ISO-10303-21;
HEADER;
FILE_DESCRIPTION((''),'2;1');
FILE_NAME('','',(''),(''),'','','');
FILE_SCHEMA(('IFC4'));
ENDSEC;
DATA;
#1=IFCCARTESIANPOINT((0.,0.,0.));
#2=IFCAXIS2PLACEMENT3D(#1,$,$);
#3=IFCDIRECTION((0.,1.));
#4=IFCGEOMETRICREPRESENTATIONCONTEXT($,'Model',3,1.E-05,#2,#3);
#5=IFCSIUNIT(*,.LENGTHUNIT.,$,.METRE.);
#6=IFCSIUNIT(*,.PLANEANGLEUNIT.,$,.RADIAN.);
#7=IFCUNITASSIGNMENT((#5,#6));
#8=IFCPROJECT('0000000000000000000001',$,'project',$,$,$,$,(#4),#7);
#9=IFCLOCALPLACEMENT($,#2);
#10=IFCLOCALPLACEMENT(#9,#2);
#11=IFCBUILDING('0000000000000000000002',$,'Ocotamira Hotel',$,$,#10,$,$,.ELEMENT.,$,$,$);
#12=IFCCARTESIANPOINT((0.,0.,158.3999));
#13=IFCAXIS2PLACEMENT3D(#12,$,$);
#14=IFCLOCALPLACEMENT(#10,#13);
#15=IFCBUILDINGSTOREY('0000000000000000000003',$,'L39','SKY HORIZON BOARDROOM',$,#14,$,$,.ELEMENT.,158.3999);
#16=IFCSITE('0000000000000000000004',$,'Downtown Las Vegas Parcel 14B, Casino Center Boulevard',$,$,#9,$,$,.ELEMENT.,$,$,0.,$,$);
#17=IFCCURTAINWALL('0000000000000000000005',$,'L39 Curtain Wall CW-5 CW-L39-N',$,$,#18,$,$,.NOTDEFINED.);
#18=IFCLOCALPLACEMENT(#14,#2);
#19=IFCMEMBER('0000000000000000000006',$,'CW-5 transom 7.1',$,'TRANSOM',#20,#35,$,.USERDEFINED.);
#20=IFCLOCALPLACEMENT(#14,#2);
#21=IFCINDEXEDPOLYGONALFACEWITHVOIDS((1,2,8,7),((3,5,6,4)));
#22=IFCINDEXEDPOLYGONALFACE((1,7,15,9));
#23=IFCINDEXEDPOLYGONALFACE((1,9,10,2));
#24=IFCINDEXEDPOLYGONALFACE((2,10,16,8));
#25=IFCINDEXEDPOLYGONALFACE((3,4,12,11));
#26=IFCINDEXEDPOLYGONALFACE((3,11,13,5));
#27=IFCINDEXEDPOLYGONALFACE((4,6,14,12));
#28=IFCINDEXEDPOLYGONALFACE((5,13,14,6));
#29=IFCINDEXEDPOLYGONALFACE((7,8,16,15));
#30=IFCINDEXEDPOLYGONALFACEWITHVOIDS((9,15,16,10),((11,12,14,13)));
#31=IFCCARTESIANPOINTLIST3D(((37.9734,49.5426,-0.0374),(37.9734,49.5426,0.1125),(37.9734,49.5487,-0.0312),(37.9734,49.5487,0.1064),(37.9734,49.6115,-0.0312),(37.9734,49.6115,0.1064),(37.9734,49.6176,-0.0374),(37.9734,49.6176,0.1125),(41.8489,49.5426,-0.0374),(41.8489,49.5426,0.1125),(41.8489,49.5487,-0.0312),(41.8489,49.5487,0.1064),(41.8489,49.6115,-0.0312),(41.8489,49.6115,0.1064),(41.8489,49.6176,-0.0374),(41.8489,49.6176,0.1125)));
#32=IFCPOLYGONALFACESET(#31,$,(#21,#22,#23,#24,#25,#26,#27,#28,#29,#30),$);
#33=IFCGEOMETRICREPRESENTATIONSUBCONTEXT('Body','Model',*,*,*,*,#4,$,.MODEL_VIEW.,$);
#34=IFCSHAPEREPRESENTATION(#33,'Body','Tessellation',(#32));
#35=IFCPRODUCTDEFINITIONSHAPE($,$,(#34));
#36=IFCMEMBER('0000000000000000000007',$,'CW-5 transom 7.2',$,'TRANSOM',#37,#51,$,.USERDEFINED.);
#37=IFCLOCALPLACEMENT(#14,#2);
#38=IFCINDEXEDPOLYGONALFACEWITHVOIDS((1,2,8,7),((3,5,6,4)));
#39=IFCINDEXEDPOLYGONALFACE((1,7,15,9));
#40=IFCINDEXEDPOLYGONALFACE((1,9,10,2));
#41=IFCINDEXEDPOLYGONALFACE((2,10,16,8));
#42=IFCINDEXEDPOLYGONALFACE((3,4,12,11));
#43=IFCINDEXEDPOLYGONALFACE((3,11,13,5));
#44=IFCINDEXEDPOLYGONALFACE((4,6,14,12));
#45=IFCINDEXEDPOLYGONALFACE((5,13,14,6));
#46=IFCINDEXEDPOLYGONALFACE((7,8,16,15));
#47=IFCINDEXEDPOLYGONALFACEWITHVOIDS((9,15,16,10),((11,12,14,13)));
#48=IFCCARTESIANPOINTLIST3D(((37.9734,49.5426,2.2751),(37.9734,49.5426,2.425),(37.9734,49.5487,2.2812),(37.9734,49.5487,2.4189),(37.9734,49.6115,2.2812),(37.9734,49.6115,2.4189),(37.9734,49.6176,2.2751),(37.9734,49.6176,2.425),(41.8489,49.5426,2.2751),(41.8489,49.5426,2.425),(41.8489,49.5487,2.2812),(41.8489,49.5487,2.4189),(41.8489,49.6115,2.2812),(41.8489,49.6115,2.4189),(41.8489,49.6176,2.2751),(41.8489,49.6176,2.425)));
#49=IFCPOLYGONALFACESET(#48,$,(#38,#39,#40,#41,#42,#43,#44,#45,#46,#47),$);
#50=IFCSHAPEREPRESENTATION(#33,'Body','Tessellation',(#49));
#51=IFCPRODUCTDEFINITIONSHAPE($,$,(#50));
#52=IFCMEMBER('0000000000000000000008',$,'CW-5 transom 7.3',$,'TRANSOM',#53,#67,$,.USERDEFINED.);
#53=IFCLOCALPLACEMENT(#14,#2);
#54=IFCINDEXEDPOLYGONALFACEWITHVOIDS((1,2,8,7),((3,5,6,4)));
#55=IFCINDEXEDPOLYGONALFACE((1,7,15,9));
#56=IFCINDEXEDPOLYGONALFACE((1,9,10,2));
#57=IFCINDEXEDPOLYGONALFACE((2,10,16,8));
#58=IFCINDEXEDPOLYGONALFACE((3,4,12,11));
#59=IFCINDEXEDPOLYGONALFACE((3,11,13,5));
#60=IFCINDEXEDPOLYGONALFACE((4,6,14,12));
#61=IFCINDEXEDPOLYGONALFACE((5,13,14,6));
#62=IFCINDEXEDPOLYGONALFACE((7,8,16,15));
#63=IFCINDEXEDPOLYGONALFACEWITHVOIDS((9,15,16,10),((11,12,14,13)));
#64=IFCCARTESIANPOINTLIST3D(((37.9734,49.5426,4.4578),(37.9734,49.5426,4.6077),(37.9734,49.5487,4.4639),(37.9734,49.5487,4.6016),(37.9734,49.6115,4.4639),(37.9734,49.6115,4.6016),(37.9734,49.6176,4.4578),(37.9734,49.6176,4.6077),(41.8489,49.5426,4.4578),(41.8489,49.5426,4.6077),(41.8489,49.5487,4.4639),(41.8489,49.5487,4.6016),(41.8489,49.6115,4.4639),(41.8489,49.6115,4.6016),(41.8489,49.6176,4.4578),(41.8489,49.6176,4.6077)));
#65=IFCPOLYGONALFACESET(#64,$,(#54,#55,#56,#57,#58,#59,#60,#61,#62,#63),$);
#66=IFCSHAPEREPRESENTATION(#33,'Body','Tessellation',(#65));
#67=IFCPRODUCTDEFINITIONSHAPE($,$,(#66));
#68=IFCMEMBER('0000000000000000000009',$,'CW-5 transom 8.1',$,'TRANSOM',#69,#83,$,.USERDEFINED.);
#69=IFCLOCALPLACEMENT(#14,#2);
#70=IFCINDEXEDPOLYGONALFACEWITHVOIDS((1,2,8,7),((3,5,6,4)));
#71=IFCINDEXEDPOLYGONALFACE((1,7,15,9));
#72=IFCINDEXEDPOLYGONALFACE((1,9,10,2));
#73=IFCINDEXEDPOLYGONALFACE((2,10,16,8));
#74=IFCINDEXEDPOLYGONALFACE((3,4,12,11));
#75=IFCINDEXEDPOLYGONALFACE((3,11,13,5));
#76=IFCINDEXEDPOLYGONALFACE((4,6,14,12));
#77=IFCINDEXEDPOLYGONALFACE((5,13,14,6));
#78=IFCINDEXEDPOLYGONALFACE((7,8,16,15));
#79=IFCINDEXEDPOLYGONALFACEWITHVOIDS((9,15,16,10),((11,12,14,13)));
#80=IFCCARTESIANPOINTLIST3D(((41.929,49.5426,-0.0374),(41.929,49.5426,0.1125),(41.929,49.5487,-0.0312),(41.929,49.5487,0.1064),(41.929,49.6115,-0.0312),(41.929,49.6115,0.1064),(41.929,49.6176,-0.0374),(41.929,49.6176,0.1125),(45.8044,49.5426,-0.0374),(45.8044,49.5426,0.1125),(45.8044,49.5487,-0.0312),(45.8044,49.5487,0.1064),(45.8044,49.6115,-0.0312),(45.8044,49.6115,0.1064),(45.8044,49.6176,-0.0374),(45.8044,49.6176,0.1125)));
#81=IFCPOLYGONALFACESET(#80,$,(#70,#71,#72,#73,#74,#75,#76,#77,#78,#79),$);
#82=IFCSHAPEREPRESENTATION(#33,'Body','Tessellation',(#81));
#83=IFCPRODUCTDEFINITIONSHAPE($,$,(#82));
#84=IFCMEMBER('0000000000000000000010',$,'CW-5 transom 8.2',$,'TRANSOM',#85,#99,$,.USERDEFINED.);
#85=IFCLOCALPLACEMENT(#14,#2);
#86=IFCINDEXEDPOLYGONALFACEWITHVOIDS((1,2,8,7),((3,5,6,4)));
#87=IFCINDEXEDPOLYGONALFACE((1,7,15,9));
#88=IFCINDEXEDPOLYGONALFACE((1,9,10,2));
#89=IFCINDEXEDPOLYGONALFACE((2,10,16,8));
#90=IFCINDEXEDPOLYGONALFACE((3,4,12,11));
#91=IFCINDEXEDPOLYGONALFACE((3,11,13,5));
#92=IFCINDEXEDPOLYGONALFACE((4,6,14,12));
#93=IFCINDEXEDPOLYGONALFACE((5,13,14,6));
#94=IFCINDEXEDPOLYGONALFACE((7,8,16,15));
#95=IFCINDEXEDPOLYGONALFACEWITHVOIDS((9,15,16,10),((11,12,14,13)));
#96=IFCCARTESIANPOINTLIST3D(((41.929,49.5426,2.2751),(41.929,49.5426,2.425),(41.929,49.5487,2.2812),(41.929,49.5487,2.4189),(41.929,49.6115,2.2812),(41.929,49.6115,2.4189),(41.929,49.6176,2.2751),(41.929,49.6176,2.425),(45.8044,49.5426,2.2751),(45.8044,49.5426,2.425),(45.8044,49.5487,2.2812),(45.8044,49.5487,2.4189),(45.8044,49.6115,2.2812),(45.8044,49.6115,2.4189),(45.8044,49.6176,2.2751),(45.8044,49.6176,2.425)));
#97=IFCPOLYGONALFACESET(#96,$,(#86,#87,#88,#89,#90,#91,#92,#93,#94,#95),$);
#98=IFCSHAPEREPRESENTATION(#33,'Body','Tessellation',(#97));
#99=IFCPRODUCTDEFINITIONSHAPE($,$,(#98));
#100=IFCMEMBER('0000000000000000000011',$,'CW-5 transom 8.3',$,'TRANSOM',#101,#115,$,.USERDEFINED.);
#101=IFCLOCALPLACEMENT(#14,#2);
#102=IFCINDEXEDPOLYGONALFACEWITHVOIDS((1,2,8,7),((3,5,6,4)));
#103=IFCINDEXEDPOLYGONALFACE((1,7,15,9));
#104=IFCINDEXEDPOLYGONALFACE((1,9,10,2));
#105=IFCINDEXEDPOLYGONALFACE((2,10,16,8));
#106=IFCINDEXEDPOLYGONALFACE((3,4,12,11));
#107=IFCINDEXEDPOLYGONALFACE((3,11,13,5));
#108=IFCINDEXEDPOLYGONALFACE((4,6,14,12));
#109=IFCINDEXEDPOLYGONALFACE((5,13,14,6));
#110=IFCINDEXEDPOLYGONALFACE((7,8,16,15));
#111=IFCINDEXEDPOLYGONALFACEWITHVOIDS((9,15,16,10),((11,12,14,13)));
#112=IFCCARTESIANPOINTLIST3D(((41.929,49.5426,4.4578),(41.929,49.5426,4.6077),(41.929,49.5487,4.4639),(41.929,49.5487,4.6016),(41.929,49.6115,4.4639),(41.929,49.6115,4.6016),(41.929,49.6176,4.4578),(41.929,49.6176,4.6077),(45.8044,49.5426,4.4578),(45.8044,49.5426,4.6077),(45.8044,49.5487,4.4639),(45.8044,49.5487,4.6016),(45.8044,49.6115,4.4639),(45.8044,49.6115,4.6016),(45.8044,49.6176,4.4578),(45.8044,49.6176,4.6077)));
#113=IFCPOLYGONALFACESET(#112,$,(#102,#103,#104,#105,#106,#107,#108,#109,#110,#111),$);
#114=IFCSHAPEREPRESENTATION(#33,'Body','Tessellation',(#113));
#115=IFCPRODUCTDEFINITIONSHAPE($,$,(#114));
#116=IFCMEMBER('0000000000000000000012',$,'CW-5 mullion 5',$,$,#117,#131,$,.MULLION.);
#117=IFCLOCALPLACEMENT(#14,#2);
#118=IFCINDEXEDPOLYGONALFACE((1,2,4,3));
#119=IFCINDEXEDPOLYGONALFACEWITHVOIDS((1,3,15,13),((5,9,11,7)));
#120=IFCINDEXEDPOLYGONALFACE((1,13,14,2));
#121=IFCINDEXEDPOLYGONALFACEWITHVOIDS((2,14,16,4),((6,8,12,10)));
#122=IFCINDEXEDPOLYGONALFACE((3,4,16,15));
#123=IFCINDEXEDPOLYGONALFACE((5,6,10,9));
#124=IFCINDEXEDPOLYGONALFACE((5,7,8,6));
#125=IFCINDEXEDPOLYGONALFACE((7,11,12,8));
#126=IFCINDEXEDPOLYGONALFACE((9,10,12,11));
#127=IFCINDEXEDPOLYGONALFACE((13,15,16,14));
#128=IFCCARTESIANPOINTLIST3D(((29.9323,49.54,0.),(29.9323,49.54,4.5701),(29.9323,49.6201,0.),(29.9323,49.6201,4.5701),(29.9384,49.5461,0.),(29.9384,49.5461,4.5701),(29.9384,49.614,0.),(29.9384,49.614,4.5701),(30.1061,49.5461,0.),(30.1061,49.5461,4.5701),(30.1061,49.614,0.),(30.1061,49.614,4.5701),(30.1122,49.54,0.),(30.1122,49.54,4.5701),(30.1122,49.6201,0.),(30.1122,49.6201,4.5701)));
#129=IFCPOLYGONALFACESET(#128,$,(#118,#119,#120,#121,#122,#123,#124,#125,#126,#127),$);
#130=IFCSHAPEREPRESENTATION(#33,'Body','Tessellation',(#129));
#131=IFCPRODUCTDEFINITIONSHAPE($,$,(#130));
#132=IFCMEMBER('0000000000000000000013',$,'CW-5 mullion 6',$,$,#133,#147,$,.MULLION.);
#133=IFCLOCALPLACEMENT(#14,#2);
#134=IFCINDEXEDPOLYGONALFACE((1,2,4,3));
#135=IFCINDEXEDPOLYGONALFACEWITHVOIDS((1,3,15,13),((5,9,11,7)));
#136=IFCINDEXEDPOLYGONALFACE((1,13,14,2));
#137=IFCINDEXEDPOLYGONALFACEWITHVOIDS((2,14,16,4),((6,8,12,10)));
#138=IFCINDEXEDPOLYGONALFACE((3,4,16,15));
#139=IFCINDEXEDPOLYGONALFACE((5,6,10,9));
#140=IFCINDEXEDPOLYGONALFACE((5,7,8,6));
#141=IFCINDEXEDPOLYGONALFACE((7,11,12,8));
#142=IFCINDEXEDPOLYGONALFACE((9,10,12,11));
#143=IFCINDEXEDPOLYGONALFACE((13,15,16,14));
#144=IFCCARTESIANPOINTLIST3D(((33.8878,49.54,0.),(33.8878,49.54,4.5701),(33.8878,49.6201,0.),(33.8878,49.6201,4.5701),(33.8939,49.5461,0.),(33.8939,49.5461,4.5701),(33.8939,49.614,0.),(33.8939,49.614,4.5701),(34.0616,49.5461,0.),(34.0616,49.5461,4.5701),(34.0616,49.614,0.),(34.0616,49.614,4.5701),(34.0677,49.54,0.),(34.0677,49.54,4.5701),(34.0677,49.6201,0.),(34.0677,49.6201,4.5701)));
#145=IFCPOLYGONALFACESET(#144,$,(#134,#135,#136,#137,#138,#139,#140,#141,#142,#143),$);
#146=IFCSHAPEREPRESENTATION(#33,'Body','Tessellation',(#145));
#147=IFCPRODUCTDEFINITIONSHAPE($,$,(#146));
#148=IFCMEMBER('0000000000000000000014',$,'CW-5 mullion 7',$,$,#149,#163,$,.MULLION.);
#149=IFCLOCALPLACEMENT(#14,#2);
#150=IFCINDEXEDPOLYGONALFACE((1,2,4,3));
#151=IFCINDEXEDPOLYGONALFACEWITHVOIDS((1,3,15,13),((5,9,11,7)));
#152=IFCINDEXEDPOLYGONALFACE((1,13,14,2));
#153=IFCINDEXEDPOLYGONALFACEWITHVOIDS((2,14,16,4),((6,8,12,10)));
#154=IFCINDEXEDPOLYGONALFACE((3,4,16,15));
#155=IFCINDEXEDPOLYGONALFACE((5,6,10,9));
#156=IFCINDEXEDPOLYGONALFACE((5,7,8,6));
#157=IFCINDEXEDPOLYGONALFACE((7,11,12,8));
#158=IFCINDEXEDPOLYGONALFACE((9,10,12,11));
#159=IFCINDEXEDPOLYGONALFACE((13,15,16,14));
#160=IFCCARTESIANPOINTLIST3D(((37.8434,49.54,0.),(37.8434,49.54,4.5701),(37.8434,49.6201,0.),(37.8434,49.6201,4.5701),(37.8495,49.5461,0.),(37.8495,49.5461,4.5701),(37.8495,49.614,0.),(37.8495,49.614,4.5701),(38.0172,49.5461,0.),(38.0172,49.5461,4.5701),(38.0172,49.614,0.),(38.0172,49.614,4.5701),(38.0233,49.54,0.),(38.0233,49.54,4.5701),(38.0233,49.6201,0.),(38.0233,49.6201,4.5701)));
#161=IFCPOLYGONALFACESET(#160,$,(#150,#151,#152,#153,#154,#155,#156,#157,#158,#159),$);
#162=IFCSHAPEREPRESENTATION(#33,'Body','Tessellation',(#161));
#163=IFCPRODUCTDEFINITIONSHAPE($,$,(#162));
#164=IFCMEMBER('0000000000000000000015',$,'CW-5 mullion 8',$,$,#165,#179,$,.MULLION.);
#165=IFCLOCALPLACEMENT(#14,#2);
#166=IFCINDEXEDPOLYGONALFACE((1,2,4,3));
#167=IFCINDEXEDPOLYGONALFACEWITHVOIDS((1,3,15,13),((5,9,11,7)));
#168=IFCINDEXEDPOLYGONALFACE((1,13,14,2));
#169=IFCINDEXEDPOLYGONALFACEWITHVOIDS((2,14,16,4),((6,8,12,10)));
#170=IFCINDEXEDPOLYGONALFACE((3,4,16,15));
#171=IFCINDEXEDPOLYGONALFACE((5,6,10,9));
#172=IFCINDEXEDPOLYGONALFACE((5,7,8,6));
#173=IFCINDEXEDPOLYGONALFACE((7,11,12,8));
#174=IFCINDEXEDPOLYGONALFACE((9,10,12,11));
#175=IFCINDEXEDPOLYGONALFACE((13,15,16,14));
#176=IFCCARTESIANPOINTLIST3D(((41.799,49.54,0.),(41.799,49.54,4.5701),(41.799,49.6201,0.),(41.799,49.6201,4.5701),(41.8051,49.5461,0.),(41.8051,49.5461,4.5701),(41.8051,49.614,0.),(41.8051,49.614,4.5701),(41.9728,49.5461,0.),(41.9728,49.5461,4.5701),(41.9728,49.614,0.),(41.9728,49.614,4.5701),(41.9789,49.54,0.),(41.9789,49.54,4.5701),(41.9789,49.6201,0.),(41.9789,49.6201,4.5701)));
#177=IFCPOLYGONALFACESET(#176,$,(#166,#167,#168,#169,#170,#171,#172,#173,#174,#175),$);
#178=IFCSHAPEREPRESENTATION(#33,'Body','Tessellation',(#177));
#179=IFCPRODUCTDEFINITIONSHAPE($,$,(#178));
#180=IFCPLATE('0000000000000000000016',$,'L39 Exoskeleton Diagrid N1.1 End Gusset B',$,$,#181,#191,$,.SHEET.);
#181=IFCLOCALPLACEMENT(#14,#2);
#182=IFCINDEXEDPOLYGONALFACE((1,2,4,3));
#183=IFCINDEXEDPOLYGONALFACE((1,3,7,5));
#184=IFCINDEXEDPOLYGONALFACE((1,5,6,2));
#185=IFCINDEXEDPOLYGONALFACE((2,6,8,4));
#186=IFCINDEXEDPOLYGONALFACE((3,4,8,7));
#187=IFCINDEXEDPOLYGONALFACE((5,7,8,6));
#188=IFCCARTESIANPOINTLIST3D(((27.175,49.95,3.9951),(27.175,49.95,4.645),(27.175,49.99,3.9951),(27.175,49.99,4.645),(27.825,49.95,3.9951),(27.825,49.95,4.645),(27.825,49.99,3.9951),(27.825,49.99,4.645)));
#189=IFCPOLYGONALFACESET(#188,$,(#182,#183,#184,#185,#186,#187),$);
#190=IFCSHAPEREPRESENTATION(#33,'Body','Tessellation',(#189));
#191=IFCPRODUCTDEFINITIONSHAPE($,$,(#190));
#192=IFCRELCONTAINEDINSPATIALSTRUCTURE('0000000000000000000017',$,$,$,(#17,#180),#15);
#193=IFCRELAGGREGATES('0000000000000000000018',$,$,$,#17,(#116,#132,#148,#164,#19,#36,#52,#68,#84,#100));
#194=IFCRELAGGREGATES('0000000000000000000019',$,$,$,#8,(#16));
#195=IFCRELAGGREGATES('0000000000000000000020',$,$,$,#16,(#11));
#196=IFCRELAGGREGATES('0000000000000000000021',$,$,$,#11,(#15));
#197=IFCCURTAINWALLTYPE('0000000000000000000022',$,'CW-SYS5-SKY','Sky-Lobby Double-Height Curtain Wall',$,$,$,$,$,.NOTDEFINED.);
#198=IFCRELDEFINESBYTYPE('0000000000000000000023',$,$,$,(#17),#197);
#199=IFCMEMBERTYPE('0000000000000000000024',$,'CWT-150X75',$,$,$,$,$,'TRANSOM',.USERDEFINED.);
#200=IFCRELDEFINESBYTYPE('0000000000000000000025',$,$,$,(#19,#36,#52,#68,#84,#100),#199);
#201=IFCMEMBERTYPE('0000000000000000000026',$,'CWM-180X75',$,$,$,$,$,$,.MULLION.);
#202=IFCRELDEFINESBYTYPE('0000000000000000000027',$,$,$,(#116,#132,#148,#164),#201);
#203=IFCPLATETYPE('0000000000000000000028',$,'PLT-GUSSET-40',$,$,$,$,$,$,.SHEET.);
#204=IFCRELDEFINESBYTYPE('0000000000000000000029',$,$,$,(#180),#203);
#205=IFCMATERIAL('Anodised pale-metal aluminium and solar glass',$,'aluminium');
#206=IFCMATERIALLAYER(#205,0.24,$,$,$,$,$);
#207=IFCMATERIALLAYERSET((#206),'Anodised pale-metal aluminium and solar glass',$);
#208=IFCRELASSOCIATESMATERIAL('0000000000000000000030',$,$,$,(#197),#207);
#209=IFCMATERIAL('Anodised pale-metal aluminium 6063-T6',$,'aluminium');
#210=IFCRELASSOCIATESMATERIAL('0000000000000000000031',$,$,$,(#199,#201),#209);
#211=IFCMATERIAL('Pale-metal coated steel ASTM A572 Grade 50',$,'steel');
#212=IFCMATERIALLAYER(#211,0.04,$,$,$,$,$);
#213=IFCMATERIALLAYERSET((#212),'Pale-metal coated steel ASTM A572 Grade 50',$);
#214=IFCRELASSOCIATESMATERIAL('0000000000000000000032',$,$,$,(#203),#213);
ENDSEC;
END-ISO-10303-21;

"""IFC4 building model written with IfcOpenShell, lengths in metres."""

from ifc_helpers import new_model, si_unit, direction, frame, origin, origin_2d, place, context, subcontext, project, spatial, rectangle, hollow_rectangle, extrude, source, transform, mapped, material, layer, layer_set, material_profile, profile_set, type_object, element, aggregate, save


model = new_model("IFC4")

# Units and contexts
model_context = context("Model", 3, precision=1e-05, world=origin(), true_north=direction((0.0, 1.0)))
body_context = subcontext(model_context, "Body", "Model", "MODEL_VIEW")
ifc_project = project(units=[si_unit("LENGTHUNIT", "METRE"), si_unit("PLANEANGLEUNIT", "RADIAN")], contexts=[model_context])

# Site, building, storey
site_placement = place(None, origin())
site = spatial("IfcSite", under=ifc_project, at=site_placement, Name="Downtown Las Vegas Parcel 14B, Casino Center Boulevard", CompositionType="ELEMENT", RefElevation=0.0)
building_placement = place(site_placement, origin())
building = spatial("IfcBuilding", under=site, at=building_placement, Name="Ocotamira Hotel", CompositionType="ELEMENT")
storey_placement = place(building_placement, frame((0.0, 0.0, 158.3999)))
storey = spatial("IfcBuildingStorey", under=building, at=storey_placement, Name="L39", Description="SKY HORIZON BOARDROOM", CompositionType="ELEMENT", Elevation=158.3999)

# Curtain wall, members
ifc_material_1 = material(Name="Anodised pale-metal aluminium and solar glass", Category="aluminium")
ifc_layer_1 = layer(ifc_material_1, 0.24)
ifc_layer_set_1 = layer_set([ifc_layer_1], Name="Anodised pale-metal aluminium and solar glass")
curtain_wall_type = type_object("IfcCurtainWallType", Name="CW-SYS5-SKY", Description="Sky-Lobby Double-Height Curtain Wall", PredefinedType="NOTDEFINED", material=ifc_layer_set_1)
curtain_wall_placement = place(storey_placement, origin())
curtain_wall = element("IfcCurtainWall", 1, at=curtain_wall_placement, inside=storey, type_object=curtain_wall_type, Name="L39 Curtain Wall CW-5 CW-L39-N", PredefinedType="NOTDEFINED")
ifc_material_2 = material(Name="Anodised pale-metal aluminium 6063-T6", Category="aluminium")
ifc_material_profile_1 = material_profile(ifc_material_2, hollow_rectangle(XDim=0.075, YDim=0.1499, WallThickness=0.0061, at=origin_2d()), Name="HSS150X75X6")
ifc_profile_set_1 = profile_set([ifc_material_profile_1], Name="Anodised pale-metal aluminium 6063-T6")
member_type_1 = type_object("IfcMemberType", Name="CWT-150X75", ElementType="TRANSOM", PredefinedType="USERDEFINED", material=ifc_profile_set_1)
shared_shape_1 = source(origin(), body_context, "Body", "SweptSolid", [
    extrude(hollow_rectangle(XDim=0.075, YDim=0.1499, WallThickness=0.0061, at=origin_2d()), origin(), (0.0, 0.0, 1.0), 3.8755),
])
member_1_placement = place(storey_placement, frame((37.9734, 49.5801, 0.0376), z_axis=(1.0, 0.0, 0.0), x_axis=(0.0, 1.0, 0.0)))
member_1 = element("IfcMember", 2, at=member_1_placement, type_object=member_type_1, Name="CW-5 transom 7.1", ObjectType="TRANSOM", PredefinedType="USERDEFINED", context=body_context, shape_type="MappedRepresentation", body=[
    mapped(shared_shape_1, transform((0.0, 0.0, 0.0), scale=1.0)),
])
member_2_placement = place(storey_placement, frame((37.9734, 49.5801, 2.3501), z_axis=(1.0, 0.0, 0.0), x_axis=(0.0, 1.0, 0.0)))
member_2 = element("IfcMember", 3, at=member_2_placement, type_object=member_type_1, Name="CW-5 transom 7.2", ObjectType="TRANSOM", PredefinedType="USERDEFINED", context=body_context, shape_type="MappedRepresentation", body=[
    mapped(shared_shape_1, transform((0.0, 0.0, 0.0), scale=1.0)),
])
member_3_placement = place(storey_placement, frame((37.9734, 49.5801, 4.5327), z_axis=(1.0, 0.0, 0.0), x_axis=(0.0, 1.0, 0.0)))
member_3 = element("IfcMember", 4, at=member_3_placement, type_object=member_type_1, Name="CW-5 transom 7.3", ObjectType="TRANSOM", PredefinedType="USERDEFINED", context=body_context, shape_type="MappedRepresentation", body=[
    mapped(shared_shape_1, transform((0.0, 0.0, 0.0), scale=1.0)),
])
member_4_placement = place(storey_placement, frame((41.929, 49.5801, 0.0376), z_axis=(1.0, 0.0, 0.0), x_axis=(0.0, 1.0, 0.0)))
member_4 = element("IfcMember", 5, at=member_4_placement, type_object=member_type_1, Name="CW-5 transom 8.1", ObjectType="TRANSOM", PredefinedType="USERDEFINED", context=body_context, shape_type="MappedRepresentation", body=[
    mapped(shared_shape_1, transform((0.0, 0.0, 0.0), scale=1.0)),
])
member_5_placement = place(storey_placement, frame((41.929, 49.5801, 2.3501), z_axis=(1.0, 0.0, 0.0), x_axis=(0.0, 1.0, 0.0)))
member_5 = element("IfcMember", 6, at=member_5_placement, type_object=member_type_1, Name="CW-5 transom 8.2", ObjectType="TRANSOM", PredefinedType="USERDEFINED", context=body_context, shape_type="MappedRepresentation", body=[
    mapped(shared_shape_1, transform((0.0, 0.0, 0.0), scale=1.0)),
])
member_6_placement = place(storey_placement, frame((41.929, 49.5801, 4.5327), z_axis=(1.0, 0.0, 0.0), x_axis=(0.0, 1.0, 0.0)))
member_6 = element("IfcMember", 7, at=member_6_placement, type_object=member_type_1, Name="CW-5 transom 8.3", ObjectType="TRANSOM", PredefinedType="USERDEFINED", context=body_context, shape_type="MappedRepresentation", body=[
    mapped(shared_shape_1, transform((0.0, 0.0, 0.0), scale=1.0)),
])
ifc_material_profile_2 = material_profile(ifc_material_2, hollow_rectangle(XDim=0.0801, YDim=0.1799, WallThickness=0.0061, at=origin_2d()), Name="HSS180X80X6")
ifc_profile_set_2 = profile_set([ifc_material_profile_2], Name="Anodised pale-metal aluminium 6063-T6")
member_type_2 = type_object("IfcMemberType", Name="CWM-180X75", PredefinedType="MULLION", material=ifc_profile_set_2)
shared_shape_2 = source(origin(), body_context, "Body", "SweptSolid", [
    extrude(hollow_rectangle(XDim=0.0801, YDim=0.1799, WallThickness=0.0061, at=origin_2d()), origin(), (0.0, 0.0, 1.0), 4.5701),
])
member_7_placement = place(storey_placement, frame((30.0222, 49.5801, 0.0), z_axis=(0.0, 0.0, 1.0), x_axis=(0.0, 1.0, 0.0)))
member_7 = element("IfcMember", 8, at=member_7_placement, type_object=member_type_2, Name="CW-5 mullion 5", PredefinedType="MULLION", context=body_context, shape_type="MappedRepresentation", body=[
    mapped(shared_shape_2, transform((0.0, 0.0, 0.0), scale=1.0)),
])
member_8_placement = place(storey_placement, frame((33.9778, 49.5801, 0.0), z_axis=(0.0, 0.0, 1.0), x_axis=(0.0, 1.0, 0.0)))
member_8 = element("IfcMember", 9, at=member_8_placement, type_object=member_type_2, Name="CW-5 mullion 6", PredefinedType="MULLION", context=body_context, shape_type="MappedRepresentation", body=[
    mapped(shared_shape_2, transform((0.0, 0.0, 0.0), scale=1.0)),
])
member_9_placement = place(storey_placement, frame((37.9333, 49.5801, 0.0), z_axis=(0.0, 0.0, 1.0), x_axis=(0.0, 1.0, 0.0)))
member_9 = element("IfcMember", 10, at=member_9_placement, type_object=member_type_2, Name="CW-5 mullion 7", PredefinedType="MULLION", context=body_context, shape_type="MappedRepresentation", body=[
    mapped(shared_shape_2, transform((0.0, 0.0, 0.0), scale=1.0)),
])
member_10_placement = place(storey_placement, frame((41.8889, 49.5801, 0.0), z_axis=(0.0, 0.0, 1.0), x_axis=(0.0, 1.0, 0.0)))
member_10 = element("IfcMember", 11, at=member_10_placement, type_object=member_type_2, Name="CW-5 mullion 8", PredefinedType="MULLION", context=body_context, shape_type="MappedRepresentation", body=[
    mapped(shared_shape_2, transform((0.0, 0.0, 0.0), scale=1.0)),
])

# Plate
ifc_material_3 = material(Name="Pale-metal coated steel ASTM A572 Grade 50", Category="steel")
ifc_layer_2 = layer(ifc_material_3, 0.04)
ifc_layer_set_2 = layer_set([ifc_layer_2], Name="Pale-metal coated steel ASTM A572 Grade 50")
plate_type_1 = type_object("IfcPlateType", Name="PLT-GUSSET-40", PredefinedType="SHEET", material=ifc_layer_set_2)
shared_shape_3 = source(origin(), body_context, "Body", "SweptSolid", [
    extrude(rectangle(XDim=0.6499, YDim=0.04, at=origin_2d()), origin(), (0.0, 0.0, 1.0), 0.6499),
])
for number, where, z_axis, x_axis, name in (
    (12, (27.5, 49.97, 3.9951), (0.0, 0.0, 1.0), (1.0, 0.0, 0.0), "L39 Exoskeleton Diagrid N1.1 End Gusset B"),
):
    element("IfcPlate", number, at=place(storey_placement, frame(where, z_axis=z_axis, x_axis=x_axis)), inside=storey, type_object=plate_type_1, Name=name, PredefinedType="SHEET", context=body_context, shape_type="MappedRepresentation", body=[
        mapped(shared_shape_3, transform((0.0, 0.0, 0.0), scale=1.0)),
    ])

aggregate(curtain_wall, [member_7, member_8, member_9, member_10, member_1, member_2, member_3, member_4, member_5, member_6])

save(model, "model.ifc")
